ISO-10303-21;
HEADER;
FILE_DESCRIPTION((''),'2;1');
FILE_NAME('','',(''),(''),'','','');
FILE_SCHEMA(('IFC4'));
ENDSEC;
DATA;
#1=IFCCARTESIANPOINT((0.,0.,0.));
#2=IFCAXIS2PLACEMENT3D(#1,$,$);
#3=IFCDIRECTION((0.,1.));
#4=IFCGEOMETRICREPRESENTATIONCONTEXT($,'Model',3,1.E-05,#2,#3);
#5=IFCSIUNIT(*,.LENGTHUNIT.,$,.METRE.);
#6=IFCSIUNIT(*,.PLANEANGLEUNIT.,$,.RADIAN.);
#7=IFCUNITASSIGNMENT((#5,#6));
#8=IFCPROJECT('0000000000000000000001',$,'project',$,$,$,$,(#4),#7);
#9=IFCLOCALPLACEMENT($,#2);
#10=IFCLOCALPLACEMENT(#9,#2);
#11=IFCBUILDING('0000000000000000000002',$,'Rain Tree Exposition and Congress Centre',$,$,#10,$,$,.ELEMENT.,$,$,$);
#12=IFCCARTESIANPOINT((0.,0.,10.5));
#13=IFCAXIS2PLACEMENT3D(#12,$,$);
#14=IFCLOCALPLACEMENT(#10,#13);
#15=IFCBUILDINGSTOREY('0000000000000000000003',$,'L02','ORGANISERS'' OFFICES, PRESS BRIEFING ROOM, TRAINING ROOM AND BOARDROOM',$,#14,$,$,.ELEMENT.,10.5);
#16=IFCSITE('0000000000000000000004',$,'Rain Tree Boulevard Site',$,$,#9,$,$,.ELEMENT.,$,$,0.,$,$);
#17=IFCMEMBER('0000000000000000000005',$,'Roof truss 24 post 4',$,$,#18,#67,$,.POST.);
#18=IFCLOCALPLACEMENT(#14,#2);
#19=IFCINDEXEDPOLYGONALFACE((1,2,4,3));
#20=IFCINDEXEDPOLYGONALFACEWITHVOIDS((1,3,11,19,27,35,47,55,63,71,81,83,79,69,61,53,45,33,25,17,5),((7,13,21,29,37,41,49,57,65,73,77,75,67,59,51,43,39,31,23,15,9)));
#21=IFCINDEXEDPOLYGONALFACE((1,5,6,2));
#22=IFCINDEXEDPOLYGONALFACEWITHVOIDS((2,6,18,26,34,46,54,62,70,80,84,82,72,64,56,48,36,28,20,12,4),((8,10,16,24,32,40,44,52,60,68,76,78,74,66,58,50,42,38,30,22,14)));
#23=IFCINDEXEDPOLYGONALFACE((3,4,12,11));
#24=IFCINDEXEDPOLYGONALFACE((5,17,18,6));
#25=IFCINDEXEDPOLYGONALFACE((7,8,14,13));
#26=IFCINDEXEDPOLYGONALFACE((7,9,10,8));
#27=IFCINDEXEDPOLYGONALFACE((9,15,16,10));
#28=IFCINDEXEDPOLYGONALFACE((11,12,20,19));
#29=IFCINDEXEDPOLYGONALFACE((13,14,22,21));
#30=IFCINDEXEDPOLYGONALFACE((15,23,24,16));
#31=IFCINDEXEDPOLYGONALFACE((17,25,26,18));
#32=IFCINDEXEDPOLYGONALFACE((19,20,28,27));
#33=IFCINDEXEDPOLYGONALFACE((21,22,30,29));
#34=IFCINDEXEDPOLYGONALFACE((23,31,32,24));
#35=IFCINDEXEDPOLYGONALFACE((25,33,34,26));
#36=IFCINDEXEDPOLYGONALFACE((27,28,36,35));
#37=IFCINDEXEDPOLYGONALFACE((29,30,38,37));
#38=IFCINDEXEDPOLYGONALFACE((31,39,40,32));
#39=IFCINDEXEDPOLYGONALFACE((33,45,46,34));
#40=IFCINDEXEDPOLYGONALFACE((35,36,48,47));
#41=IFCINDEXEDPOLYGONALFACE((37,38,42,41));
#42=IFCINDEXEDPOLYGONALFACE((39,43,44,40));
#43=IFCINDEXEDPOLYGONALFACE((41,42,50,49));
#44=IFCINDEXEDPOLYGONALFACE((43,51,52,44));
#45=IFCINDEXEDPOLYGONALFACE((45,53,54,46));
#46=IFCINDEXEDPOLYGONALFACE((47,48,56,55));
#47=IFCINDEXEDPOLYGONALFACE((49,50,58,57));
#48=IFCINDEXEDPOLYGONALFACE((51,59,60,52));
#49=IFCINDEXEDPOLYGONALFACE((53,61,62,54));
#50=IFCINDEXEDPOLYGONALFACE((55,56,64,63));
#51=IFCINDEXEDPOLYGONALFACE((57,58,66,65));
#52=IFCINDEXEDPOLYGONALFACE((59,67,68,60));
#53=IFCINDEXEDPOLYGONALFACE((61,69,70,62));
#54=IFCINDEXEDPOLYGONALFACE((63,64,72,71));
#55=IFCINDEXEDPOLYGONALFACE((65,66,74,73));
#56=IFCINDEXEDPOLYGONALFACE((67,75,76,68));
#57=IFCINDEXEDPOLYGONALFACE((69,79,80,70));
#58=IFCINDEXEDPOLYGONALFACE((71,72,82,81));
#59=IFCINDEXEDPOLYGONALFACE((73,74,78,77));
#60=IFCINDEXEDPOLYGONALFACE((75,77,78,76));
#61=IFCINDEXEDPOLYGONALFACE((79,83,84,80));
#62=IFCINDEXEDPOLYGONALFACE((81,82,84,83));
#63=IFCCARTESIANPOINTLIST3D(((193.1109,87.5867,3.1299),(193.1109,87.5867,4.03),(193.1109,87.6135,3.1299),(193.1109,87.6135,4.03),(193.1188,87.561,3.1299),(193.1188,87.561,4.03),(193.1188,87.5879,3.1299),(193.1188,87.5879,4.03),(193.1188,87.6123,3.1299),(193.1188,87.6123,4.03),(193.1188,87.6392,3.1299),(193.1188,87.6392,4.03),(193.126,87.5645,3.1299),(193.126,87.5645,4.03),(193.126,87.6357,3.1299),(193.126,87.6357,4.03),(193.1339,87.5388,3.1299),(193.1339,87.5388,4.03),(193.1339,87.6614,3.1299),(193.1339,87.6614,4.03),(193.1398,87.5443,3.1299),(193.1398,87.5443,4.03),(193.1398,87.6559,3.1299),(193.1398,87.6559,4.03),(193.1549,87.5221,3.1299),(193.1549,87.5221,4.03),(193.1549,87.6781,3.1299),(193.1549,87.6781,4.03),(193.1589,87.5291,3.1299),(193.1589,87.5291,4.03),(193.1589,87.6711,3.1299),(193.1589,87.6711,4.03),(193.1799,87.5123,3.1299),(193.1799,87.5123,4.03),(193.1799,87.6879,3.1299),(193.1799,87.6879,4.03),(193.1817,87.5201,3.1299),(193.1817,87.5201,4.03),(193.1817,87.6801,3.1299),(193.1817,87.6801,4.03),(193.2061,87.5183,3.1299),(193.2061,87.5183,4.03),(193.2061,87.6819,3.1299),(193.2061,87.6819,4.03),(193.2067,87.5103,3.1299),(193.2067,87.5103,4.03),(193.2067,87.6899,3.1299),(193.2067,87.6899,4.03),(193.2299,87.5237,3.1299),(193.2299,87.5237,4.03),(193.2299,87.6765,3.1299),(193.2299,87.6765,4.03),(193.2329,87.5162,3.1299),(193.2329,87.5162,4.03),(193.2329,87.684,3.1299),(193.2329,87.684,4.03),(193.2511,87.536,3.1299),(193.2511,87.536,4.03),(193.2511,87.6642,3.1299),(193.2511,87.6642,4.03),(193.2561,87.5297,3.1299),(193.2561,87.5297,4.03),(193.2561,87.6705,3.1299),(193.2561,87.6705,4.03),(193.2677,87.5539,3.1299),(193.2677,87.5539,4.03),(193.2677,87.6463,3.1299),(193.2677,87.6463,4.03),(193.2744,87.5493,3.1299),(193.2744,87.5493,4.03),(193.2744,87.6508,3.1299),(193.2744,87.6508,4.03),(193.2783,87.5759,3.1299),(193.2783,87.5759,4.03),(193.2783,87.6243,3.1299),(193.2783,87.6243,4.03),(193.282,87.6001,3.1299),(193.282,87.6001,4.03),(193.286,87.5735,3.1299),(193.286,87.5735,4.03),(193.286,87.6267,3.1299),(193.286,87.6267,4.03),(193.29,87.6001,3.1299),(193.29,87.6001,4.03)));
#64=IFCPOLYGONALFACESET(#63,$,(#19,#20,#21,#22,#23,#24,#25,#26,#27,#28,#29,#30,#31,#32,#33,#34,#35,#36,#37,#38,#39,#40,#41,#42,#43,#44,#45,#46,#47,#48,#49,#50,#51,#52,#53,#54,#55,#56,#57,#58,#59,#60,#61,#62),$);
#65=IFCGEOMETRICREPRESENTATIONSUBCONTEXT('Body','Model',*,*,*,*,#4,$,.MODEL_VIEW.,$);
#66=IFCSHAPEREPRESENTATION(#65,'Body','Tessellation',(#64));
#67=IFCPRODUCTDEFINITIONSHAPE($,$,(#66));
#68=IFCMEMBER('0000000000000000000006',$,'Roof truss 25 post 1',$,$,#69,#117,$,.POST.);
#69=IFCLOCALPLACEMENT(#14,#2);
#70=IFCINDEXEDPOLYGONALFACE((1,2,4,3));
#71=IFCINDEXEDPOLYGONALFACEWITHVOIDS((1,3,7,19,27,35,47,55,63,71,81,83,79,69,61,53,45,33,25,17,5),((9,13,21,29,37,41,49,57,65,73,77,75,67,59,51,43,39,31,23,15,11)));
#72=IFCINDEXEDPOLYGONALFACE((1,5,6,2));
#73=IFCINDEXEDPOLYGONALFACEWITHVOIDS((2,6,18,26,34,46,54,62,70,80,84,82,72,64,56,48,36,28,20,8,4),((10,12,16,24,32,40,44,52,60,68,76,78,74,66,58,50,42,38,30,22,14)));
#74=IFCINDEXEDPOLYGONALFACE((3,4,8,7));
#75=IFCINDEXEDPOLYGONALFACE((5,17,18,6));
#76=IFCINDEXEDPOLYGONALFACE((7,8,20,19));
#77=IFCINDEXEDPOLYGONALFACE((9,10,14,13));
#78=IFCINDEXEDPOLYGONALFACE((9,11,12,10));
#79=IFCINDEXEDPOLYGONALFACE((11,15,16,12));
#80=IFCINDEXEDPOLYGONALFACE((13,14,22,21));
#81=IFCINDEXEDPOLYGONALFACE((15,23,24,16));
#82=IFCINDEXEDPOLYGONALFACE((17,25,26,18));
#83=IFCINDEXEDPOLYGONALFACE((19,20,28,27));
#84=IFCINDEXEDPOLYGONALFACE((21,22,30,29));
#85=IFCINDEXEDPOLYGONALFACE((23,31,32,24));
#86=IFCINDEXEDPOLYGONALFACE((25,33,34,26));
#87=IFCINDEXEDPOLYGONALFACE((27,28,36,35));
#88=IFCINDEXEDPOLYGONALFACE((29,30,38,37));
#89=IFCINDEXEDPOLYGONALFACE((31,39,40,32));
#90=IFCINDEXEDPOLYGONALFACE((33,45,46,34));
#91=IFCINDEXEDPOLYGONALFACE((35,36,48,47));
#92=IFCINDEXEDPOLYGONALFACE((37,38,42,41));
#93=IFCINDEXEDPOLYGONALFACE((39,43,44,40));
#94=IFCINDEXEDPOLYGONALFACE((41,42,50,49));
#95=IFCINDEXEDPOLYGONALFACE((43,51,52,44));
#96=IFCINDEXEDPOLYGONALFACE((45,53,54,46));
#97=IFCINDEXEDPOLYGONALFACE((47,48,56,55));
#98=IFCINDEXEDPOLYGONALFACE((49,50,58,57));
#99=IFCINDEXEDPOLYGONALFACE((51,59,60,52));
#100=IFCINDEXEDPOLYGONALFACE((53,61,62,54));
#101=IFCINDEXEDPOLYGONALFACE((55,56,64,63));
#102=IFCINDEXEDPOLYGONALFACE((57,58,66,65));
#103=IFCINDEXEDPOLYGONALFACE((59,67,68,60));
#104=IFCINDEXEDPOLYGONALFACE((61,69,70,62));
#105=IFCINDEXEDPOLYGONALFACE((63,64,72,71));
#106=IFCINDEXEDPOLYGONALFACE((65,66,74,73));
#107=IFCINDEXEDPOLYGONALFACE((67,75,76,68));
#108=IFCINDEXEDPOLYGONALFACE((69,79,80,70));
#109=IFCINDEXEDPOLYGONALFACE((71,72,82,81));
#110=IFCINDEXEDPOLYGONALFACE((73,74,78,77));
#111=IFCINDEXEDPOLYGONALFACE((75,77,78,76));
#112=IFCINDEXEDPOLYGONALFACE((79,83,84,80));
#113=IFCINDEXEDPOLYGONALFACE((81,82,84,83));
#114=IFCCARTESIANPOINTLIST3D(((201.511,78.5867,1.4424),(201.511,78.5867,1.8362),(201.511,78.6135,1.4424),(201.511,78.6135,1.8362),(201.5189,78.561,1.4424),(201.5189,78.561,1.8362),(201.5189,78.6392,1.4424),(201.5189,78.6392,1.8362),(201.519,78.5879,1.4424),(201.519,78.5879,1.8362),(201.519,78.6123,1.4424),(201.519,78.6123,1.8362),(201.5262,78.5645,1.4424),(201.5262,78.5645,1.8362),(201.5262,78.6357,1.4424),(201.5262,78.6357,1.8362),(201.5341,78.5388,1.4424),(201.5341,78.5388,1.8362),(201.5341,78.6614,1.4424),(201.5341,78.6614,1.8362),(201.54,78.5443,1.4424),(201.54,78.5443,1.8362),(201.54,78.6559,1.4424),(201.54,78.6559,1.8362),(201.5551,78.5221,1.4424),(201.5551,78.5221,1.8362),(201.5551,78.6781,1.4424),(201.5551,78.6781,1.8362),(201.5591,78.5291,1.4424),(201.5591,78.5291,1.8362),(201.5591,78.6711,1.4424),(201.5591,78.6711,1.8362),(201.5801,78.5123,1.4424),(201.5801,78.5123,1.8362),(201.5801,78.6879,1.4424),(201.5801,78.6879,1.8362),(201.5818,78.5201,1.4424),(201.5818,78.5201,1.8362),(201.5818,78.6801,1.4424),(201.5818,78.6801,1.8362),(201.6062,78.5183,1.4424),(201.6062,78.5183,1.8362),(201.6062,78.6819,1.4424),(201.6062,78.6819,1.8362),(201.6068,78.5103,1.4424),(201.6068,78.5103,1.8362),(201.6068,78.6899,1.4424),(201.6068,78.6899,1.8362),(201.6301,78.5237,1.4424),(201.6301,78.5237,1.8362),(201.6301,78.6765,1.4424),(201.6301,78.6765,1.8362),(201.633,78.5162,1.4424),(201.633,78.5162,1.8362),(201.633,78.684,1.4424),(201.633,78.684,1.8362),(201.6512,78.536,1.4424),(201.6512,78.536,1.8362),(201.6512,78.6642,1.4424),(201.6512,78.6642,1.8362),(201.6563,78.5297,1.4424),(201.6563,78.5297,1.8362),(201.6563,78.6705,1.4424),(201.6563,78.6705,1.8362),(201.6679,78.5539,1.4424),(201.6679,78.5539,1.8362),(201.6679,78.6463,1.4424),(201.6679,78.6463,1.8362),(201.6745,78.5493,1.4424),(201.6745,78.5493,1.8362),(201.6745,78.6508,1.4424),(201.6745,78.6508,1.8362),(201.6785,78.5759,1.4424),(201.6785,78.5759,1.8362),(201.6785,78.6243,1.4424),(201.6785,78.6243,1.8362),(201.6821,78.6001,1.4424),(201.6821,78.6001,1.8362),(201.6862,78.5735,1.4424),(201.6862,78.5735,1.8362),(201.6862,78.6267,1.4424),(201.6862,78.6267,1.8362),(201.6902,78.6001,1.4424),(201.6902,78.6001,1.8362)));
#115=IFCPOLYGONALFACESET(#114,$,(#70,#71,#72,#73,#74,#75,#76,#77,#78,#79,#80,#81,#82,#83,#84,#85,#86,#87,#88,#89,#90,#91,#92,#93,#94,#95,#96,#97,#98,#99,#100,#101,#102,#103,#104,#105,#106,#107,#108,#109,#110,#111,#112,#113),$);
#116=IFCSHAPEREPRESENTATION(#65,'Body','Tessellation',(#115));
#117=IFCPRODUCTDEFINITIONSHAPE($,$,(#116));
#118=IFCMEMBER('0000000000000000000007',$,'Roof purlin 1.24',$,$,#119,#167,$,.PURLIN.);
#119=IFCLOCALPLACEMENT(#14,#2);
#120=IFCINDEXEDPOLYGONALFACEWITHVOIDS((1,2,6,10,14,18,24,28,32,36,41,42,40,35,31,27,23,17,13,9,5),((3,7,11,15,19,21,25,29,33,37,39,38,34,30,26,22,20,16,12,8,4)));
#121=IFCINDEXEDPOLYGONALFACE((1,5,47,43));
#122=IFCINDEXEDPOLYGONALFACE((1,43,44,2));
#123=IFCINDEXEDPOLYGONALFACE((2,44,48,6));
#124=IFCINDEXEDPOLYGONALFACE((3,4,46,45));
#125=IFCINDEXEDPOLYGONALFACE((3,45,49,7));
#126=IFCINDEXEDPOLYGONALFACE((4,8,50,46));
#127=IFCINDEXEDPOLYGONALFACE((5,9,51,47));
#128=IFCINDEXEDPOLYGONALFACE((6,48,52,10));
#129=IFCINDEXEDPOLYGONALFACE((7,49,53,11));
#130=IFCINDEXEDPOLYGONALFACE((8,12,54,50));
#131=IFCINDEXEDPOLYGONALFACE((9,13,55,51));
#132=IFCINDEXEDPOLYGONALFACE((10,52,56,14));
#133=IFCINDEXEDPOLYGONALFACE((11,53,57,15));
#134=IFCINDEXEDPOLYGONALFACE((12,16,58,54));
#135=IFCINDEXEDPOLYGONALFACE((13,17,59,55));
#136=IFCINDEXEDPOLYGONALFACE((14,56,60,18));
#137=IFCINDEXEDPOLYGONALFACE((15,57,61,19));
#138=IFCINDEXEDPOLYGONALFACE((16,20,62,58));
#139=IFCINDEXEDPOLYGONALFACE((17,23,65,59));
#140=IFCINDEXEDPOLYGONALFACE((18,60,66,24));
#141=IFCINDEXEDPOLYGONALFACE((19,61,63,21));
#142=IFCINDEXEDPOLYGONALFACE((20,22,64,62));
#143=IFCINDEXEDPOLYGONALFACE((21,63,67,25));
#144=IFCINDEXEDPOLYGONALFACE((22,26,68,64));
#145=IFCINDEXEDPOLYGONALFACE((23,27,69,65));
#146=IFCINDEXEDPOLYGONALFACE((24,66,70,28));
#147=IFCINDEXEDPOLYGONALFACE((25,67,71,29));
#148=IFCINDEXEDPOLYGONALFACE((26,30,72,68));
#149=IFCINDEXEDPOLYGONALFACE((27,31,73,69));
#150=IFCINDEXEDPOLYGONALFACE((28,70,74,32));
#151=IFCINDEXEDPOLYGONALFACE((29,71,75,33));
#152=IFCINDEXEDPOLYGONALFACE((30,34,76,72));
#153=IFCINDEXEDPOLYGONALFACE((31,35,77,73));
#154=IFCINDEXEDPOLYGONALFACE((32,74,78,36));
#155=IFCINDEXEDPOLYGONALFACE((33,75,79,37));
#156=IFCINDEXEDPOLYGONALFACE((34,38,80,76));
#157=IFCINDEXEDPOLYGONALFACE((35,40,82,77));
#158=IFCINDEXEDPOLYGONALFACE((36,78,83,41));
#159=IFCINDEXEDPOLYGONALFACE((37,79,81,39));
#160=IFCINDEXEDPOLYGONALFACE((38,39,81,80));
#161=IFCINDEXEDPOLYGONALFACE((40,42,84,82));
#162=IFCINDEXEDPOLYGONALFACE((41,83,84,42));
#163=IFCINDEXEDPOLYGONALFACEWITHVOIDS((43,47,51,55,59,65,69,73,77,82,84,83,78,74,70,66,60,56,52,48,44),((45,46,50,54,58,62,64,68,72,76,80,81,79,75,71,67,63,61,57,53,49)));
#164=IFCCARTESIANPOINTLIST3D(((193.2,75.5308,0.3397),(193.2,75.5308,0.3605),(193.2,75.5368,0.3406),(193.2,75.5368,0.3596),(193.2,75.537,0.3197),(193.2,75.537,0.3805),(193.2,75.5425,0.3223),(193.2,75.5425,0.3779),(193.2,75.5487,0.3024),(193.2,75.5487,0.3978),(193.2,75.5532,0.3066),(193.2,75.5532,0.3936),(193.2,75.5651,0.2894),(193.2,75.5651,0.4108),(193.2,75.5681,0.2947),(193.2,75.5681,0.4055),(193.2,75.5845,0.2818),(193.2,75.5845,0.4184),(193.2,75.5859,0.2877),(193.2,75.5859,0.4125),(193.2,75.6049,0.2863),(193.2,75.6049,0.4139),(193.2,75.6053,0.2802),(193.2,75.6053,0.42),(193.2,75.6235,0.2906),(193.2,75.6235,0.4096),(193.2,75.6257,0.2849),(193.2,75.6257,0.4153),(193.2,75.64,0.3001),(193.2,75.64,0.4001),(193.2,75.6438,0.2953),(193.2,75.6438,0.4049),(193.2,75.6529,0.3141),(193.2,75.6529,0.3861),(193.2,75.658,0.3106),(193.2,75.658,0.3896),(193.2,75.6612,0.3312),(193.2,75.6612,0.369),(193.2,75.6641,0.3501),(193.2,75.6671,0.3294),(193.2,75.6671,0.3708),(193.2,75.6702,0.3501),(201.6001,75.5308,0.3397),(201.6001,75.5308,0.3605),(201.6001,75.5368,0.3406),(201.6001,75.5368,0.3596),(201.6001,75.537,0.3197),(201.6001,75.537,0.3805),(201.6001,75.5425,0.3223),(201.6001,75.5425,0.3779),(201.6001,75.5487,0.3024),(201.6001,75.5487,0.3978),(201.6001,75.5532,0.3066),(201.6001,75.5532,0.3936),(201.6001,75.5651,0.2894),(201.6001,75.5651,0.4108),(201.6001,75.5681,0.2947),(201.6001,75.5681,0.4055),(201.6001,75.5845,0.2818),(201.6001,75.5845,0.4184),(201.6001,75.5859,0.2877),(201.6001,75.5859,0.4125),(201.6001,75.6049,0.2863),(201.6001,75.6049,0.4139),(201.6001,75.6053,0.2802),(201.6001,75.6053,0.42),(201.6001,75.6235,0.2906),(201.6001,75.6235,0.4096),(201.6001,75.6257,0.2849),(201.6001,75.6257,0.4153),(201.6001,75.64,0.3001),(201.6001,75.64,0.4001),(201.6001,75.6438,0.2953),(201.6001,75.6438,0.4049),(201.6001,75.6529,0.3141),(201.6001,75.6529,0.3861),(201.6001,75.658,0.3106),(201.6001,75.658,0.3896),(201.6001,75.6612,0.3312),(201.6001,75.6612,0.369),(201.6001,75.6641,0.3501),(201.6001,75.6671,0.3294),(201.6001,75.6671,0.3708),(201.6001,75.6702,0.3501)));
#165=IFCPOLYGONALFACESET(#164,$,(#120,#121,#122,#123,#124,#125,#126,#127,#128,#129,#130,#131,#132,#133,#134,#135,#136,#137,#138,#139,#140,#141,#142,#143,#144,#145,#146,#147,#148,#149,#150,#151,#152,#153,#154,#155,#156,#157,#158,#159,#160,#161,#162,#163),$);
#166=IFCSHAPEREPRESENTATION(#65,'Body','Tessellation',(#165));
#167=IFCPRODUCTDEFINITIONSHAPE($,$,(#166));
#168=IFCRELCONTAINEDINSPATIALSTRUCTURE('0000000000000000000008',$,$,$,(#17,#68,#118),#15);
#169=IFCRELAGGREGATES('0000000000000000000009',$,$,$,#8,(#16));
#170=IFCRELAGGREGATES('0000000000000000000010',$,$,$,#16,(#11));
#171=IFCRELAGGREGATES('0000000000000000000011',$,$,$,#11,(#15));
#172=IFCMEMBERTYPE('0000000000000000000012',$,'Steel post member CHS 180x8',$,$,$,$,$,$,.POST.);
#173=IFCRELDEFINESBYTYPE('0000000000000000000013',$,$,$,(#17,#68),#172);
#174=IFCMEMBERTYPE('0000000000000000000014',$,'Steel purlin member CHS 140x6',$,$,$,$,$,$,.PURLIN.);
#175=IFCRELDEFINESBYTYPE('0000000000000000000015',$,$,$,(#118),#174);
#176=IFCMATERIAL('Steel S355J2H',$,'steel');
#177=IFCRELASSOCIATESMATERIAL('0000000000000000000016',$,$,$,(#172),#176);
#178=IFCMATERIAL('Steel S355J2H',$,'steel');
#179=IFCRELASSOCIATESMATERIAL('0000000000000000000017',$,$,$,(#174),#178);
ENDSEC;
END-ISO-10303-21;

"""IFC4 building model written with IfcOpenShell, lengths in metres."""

from ifc_helpers import new_model, si_unit, direction, frame, origin, origin_2d, place, context, subcontext, project, spatial, hollow_circle, extrude, material, material_profile, profile_set, type_object, element, save


model = new_model("IFC4")

# Units and contexts
model_context = context("Model", 3, precision=1e-05, world=origin(), true_north=direction((0.0, 1.0)))
body_context = subcontext(model_context, "Body", "Model", "MODEL_VIEW")
ifc_project = project(units=[si_unit("LENGTHUNIT", "METRE"), si_unit("PLANEANGLEUNIT", "RADIAN")], contexts=[model_context])

# Site, building, storey
site_placement = place(None, origin())
site = spatial("IfcSite", under=ifc_project, at=site_placement, Name="Rain Tree Boulevard Site", CompositionType="ELEMENT", RefElevation=0.0)
building_placement = place(site_placement, origin())
building = spatial("IfcBuilding", under=site, at=building_placement, Name="Rain Tree Exposition and Congress Centre", CompositionType="ELEMENT")
storey_placement = place(building_placement, frame((0.0, 0.0, 10.5)))
storey = spatial("IfcBuildingStorey", under=building, at=storey_placement, Name="L02", Description="ORGANISERS' OFFICES, PRESS BRIEFING ROOM, TRAINING ROOM AND BOARDROOM", CompositionType="ELEMENT", Elevation=10.5)

# Members
ifc_material_1 = material(Name="Steel S355J2H", Category="steel")
ifc_material_profile_1 = material_profile(ifc_material_1, hollow_circle(Radius=0.0901, WallThickness=0.0081, at=origin_2d()), Name="CHS 180x8")
ifc_profile_set_1 = profile_set([ifc_material_profile_1], Name="Steel S355J2H")
member_type_1 = type_object("IfcMemberType", Name="Steel post member CHS 180x8", PredefinedType="POST", material=ifc_profile_set_1)
member_1_placement = place(storey_placement, frame((193.2, 87.6001, 3.1299), z_axis=(0.0, 0.0, 1.0), x_axis=(1.0, 0.0, 0.0)))
element("IfcMember", 1, at=member_1_placement, inside=storey, type_object=member_type_1, Name="Roof truss 24 post 4", PredefinedType="POST", context=body_context, shape_type="SweptSolid", body=[
    extrude(hollow_circle(Radius=0.0901, WallThickness=0.0081, at=origin_2d()), origin(), (0.0, 0.0, 1.0), 0.9001),
])
member_2_placement = place(storey_placement, frame((201.6001, 78.6001, 1.4424), z_axis=(0.0, 0.0, 1.0), x_axis=(1.0, 0.0, 0.0)))
element("IfcMember", 2, at=member_2_placement, inside=storey, type_object=member_type_1, Name="Roof truss 25 post 1", PredefinedType="POST", context=body_context, shape_type="SweptSolid", body=[
    extrude(hollow_circle(Radius=0.0901, WallThickness=0.0081, at=origin_2d()), origin(), (0.0, 0.0, 1.0), 0.3938),
])
ifc_material_2 = material(Name="Steel S355J2H", Category="steel")
ifc_material_profile_2 = material_profile(ifc_material_2, hollow_circle(Radius=0.0701, WallThickness=0.0061, at=origin_2d()), Name="CHS 140x6")
ifc_profile_set_2 = profile_set([ifc_material_profile_2], Name="Steel S355J2H")
member_type_2 = type_object("IfcMemberType", Name="Steel purlin member CHS 140x6", PredefinedType="PURLIN", material=ifc_profile_set_2)
member_3_placement = place(storey_placement, frame((193.2, 75.6001, 0.3501), z_axis=(1.0, 0.0, 0.0), x_axis=(0.0, 1.0, 0.0)))
element("IfcMember", 3, at=member_3_placement, inside=storey, type_object=member_type_2, Name="Roof purlin 1.24", PredefinedType="PURLIN", context=body_context, shape_type="SweptSolid", body=[
    extrude(hollow_circle(Radius=0.0701, WallThickness=0.0061, at=origin_2d()), origin(), (0.0, 0.0, 1.0), 8.4001),
])

save(model, "model.ifc")
